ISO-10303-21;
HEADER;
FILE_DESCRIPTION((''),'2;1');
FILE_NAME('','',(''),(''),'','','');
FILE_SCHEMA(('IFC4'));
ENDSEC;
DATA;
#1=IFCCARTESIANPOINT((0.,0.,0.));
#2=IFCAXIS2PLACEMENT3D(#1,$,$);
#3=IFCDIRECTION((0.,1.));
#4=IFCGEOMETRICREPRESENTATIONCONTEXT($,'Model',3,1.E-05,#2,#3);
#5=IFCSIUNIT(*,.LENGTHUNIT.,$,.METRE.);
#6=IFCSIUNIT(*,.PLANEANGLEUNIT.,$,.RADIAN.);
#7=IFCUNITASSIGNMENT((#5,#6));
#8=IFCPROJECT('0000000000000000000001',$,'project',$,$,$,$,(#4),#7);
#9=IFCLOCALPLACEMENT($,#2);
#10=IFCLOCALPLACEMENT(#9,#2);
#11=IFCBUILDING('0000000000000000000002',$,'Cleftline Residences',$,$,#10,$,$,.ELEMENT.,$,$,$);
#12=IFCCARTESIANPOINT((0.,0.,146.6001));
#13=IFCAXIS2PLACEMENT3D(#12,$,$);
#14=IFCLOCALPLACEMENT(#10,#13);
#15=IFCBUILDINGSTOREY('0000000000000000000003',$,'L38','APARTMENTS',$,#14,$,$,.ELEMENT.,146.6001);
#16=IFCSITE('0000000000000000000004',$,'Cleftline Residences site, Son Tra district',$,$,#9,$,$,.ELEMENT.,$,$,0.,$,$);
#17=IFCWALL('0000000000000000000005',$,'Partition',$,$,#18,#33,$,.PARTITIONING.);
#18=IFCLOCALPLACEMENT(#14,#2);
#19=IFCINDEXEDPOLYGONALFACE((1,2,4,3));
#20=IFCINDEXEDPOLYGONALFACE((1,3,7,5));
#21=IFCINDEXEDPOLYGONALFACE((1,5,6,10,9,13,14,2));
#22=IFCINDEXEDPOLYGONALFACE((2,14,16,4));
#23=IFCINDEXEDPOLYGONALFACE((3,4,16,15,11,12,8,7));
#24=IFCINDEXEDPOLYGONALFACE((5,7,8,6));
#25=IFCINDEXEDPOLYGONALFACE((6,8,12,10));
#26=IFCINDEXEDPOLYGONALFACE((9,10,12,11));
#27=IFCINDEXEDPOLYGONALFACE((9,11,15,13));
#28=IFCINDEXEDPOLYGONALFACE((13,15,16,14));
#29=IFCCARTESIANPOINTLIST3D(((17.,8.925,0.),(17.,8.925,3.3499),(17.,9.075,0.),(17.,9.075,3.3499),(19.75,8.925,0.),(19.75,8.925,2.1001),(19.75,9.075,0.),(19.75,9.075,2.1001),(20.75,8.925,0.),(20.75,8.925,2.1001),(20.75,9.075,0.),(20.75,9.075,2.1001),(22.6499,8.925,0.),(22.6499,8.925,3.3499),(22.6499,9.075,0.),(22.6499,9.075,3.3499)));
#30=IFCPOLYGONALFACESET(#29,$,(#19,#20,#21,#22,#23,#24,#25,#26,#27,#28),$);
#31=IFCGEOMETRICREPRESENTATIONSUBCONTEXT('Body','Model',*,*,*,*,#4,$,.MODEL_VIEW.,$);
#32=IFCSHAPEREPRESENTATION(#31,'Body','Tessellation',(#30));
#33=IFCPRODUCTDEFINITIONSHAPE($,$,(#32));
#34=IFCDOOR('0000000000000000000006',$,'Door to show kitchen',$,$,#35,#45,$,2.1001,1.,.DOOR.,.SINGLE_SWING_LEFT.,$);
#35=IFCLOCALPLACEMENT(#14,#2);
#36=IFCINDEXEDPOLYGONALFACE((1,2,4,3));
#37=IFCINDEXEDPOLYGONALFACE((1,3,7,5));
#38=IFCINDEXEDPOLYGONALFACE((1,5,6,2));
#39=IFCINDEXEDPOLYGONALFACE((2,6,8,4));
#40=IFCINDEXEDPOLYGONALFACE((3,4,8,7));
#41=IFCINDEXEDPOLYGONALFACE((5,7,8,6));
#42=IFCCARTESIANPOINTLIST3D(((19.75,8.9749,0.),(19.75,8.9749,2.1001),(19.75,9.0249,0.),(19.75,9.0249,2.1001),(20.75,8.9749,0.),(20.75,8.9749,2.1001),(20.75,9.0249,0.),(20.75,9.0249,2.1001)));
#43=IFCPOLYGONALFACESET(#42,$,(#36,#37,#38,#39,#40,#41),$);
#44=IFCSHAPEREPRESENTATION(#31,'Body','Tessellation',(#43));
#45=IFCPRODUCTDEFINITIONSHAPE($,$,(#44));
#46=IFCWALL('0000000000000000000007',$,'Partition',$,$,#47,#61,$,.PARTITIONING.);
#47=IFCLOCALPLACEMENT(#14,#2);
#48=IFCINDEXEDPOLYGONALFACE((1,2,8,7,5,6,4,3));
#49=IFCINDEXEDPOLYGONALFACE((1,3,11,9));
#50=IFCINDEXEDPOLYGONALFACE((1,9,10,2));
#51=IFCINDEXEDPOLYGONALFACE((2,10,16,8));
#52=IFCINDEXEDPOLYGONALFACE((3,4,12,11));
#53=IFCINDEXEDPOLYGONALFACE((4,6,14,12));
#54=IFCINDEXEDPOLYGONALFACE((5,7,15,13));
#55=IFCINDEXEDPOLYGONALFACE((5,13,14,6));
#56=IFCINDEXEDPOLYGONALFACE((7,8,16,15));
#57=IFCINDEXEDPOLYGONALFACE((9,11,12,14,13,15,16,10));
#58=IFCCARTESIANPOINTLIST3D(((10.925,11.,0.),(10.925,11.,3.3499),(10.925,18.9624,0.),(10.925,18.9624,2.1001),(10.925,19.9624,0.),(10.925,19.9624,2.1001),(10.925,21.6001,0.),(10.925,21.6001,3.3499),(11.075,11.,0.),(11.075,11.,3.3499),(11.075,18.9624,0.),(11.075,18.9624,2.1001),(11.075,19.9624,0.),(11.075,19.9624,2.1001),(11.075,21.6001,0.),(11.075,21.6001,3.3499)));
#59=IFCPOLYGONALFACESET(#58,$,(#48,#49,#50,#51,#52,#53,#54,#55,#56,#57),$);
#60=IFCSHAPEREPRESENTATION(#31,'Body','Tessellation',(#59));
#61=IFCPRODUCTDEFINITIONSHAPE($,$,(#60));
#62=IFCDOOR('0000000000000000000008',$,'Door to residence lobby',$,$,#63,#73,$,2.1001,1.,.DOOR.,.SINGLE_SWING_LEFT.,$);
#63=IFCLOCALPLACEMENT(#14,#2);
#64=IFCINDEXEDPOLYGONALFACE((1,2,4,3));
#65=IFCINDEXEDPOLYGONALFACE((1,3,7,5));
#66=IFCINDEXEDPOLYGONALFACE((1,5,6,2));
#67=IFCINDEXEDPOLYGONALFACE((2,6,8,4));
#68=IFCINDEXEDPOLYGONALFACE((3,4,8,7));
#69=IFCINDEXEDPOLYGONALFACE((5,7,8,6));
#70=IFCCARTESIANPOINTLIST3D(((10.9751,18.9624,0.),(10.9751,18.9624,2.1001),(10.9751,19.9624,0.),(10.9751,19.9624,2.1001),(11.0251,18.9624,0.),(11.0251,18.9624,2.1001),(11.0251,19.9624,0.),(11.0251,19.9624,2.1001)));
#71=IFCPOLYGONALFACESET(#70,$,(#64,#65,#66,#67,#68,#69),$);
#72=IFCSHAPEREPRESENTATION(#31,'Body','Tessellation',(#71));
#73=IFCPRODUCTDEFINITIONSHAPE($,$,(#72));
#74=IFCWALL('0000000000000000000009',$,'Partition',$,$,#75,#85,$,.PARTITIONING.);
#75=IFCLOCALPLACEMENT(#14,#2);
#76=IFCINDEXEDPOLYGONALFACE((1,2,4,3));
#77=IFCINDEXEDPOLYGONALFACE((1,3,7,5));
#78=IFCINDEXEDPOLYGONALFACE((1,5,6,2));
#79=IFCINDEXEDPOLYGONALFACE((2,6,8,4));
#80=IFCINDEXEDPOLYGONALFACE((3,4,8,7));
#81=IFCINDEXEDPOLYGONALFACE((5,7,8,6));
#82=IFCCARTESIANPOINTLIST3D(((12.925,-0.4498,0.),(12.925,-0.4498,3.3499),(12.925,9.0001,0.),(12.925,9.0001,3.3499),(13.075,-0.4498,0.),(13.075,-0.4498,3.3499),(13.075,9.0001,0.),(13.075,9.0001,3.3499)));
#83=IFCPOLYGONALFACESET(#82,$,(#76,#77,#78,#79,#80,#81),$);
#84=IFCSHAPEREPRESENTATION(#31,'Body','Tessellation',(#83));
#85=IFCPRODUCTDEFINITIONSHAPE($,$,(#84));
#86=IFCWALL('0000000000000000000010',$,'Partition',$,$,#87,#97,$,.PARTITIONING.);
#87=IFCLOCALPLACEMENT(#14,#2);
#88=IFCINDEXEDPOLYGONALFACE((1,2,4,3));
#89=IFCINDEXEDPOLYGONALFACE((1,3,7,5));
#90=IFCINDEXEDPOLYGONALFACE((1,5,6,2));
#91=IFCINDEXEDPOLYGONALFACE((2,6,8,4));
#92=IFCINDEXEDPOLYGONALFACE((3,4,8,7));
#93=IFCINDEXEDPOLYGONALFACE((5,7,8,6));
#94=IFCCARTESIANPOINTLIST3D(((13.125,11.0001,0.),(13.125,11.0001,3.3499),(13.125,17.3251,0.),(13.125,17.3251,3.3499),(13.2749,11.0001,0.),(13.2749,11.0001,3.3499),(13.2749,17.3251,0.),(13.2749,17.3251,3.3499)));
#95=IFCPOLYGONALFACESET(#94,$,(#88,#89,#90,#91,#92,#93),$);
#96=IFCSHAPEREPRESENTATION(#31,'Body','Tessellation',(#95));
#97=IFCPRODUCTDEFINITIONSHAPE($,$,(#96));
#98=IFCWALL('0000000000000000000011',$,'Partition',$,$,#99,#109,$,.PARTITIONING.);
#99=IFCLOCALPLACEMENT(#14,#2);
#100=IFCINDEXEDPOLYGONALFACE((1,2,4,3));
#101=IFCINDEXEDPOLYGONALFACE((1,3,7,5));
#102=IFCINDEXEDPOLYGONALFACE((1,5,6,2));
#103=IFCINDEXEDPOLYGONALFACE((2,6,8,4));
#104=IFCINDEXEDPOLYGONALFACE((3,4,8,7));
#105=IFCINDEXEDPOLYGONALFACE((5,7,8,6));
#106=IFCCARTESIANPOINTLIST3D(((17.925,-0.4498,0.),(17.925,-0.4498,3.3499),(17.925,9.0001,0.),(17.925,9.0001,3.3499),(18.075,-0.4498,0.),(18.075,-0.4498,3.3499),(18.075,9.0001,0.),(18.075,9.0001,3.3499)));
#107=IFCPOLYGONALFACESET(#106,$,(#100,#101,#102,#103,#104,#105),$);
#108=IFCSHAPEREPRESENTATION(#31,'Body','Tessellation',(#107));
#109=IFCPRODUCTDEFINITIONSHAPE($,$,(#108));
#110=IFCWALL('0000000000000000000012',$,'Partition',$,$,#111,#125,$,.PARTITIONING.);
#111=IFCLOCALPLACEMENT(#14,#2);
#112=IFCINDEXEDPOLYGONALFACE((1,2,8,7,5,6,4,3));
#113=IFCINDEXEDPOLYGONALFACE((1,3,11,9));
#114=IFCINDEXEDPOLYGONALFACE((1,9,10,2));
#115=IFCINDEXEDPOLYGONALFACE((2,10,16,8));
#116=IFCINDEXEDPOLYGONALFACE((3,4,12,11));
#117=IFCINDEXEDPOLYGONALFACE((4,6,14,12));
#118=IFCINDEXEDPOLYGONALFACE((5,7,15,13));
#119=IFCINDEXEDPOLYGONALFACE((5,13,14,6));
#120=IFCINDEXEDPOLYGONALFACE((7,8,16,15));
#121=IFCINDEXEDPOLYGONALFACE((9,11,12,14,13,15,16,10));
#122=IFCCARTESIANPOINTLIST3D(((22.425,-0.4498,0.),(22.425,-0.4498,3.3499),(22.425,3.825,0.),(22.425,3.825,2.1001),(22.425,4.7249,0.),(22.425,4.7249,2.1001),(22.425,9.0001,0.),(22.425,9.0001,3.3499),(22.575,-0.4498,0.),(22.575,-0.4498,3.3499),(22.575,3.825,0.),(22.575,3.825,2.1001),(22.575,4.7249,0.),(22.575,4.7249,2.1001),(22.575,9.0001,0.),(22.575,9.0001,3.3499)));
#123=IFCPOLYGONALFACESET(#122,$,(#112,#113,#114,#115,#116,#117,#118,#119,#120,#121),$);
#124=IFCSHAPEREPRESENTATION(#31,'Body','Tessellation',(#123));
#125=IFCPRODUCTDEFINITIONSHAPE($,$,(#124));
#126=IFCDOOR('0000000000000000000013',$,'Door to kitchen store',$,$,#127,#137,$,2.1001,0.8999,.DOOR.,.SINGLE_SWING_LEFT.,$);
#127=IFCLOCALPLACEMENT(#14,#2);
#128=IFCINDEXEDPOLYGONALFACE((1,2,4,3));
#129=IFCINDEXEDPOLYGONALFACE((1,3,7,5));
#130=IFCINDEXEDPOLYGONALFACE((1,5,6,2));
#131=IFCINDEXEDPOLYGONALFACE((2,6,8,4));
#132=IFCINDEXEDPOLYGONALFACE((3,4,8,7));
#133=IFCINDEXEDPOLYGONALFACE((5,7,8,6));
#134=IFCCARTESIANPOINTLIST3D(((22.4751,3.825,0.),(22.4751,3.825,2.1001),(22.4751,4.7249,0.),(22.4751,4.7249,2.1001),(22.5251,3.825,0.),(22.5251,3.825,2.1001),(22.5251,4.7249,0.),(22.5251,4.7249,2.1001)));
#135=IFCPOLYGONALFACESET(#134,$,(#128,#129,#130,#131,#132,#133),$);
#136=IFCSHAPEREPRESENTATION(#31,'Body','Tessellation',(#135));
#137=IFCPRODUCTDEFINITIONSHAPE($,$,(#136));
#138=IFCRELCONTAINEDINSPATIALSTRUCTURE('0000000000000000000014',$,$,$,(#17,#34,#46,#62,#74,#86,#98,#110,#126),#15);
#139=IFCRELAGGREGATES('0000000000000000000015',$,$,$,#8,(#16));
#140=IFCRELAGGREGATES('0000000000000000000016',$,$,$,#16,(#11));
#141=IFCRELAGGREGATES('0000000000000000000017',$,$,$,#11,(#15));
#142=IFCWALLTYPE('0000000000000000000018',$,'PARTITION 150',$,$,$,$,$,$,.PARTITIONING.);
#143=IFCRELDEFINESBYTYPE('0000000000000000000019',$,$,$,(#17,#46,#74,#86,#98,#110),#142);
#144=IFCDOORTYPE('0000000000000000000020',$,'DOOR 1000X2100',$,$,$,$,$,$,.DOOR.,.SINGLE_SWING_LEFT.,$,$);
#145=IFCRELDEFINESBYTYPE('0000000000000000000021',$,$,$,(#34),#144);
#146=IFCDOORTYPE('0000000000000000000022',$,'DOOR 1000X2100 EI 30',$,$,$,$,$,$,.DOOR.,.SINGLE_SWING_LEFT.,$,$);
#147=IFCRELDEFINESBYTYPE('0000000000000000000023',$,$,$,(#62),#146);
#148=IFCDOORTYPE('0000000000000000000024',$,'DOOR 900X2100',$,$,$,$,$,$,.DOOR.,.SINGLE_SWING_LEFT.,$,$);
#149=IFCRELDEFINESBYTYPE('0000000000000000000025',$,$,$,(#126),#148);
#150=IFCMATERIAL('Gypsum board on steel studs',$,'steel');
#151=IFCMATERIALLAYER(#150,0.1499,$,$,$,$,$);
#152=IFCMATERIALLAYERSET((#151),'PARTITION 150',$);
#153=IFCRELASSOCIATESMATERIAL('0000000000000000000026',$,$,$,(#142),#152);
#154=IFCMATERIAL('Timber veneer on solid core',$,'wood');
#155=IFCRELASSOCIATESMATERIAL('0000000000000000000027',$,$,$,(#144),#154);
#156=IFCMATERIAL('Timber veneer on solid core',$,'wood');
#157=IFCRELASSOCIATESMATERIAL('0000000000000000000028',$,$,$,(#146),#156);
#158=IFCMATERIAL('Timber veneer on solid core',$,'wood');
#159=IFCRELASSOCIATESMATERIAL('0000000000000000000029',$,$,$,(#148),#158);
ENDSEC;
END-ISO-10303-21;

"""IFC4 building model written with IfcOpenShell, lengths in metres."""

from ifc_helpers import new_model, si_unit, direction, frame, frame_2d, origin, place, context, subcontext, project, spatial, rectangle, extrude, material, layer, layer_set, type_object, element, fill, save


model = new_model("IFC4")

# Units and contexts
model_context = context("Model", 3, precision=1e-05, world=origin(), true_north=direction((0.0, 1.0)))
body_context = subcontext(model_context, "Body", "Model", "MODEL_VIEW")
ifc_project = project(units=[si_unit("LENGTHUNIT", "METRE"), si_unit("PLANEANGLEUNIT", "RADIAN")], contexts=[model_context])

# Site, building, storey
site_placement = place(None, origin())
site = spatial("IfcSite", under=ifc_project, at=site_placement, Name="Cleftline Residences site, Son Tra district", CompositionType="ELEMENT", RefElevation=0.0)
building_placement = place(site_placement, origin())
building = spatial("IfcBuilding", under=site, at=building_placement, Name="Cleftline Residences", CompositionType="ELEMENT")
storey_placement = place(building_placement, frame((0.0, 0.0, 146.6001)))
storey = spatial("IfcBuildingStorey", under=building, at=storey_placement, Name="L38", Description="APARTMENTS", CompositionType="ELEMENT", Elevation=146.6001)

# Shared definitions
ifc_material_1 = material(Name="Gypsum board on steel studs", Category="steel")
ifc_layer_1 = layer(ifc_material_1, 0.1499)
ifc_layer_set_1 = layer_set([ifc_layer_1], Name="PARTITION 150")
wall_type = type_object("IfcWallType", Name="PARTITION 150", PredefinedType="PARTITIONING", material=ifc_layer_set_1)
ifc_material_2 = material(Name="Timber veneer on solid core", Category="wood")
door_type_1 = type_object("IfcDoorType", Name="DOOR 1000X2100", OperationType="SINGLE_SWING_LEFT", PredefinedType="DOOR", material=ifc_material_2)

# Walls, openings, doors
wall_1_placement = place(storey_placement, frame((17.0, 9.0, 0.0), z_axis=(0.0, 0.0, 1.0), x_axis=(1.0, 0.0, 0.0)))
wall_1 = element("IfcWall", 1, at=wall_1_placement, inside=storey, type_object=wall_type, Name="Partition", PredefinedType="PARTITIONING", context=body_context, shape_type="SweptSolid", body=[
    extrude(rectangle(XDim=5.6499, YDim=0.1499, at=frame_2d((2.825, 0.0))), origin(), (0.0, 0.0, 1.0), 3.3499),
])
opening_1_placement = place(wall_1_placement, frame((2.75, 0.0, 0.0)))
opening_1 = element("IfcOpeningElement", 2, at=opening_1_placement, cuts=wall_1, PredefinedType="OPENING", context=body_context, shape_type="SweptSolid", body=[
    extrude(rectangle(XDim=1.0, YDim=2.1001, at=frame_2d((0.5, 1.05))), frame((0.0, 0.085, 0.0), z_axis=(0.0, -1.0, 0.0), x_axis=(1.0, 0.0, 0.0)), (0.0, 0.0, 1.0), 0.1699),
])
door_1_placement = place(opening_1_placement, origin())
door_1 = element("IfcDoor", 3, at=door_1_placement, inside=storey, type_object=door_type_1, Name="Door to show kitchen", OperationType="SINGLE_SWING_LEFT", OverallHeight=2.1001, OverallWidth=1.0, PredefinedType="DOOR", context=body_context, shape_type="SweptSolid", body=[
    extrude(rectangle(XDim=1.0, YDim=2.1001, at=frame_2d((0.5, 1.05))), frame((0.0, 0.0249, 0.0), z_axis=(0.0, -1.0, 0.0), x_axis=(1.0, 0.0, 0.0)), (0.0, 0.0, 1.0), 0.05),
])
fill(opening_1, door_1)
wall_2_placement = place(storey_placement, frame((11.0, 11.0, 0.0), z_axis=(0.0, 0.0, 1.0), x_axis=(0.0, 1.0, 0.0)))
wall_2 = element("IfcWall", 4, at=wall_2_placement, inside=storey, type_object=wall_type, Name="Partition", PredefinedType="PARTITIONING", context=body_context, shape_type="SweptSolid", body=[
    extrude(rectangle(XDim=10.6001, YDim=0.1499, at=frame_2d((5.3, 0.0))), origin(), (0.0, 0.0, 1.0), 3.3499),
])
opening_2_placement = place(wall_2_placement, frame((7.9624, 0.0, 0.0)))
opening_2 = element("IfcOpeningElement", 5, at=opening_2_placement, cuts=wall_2, PredefinedType="OPENING", context=body_context, shape_type="SweptSolid", body=[
    extrude(rectangle(XDim=1.0, YDim=2.1001, at=frame_2d((0.5, 1.05))), frame((0.0, 0.085, 0.0), z_axis=(0.0, -1.0, 0.0), x_axis=(1.0, 0.0, 0.0)), (0.0, 0.0, 1.0), 0.1699),
])
ifc_material_3 = material(Name="Timber veneer on solid core", Category="wood")
door_type_2 = type_object("IfcDoorType", Name="DOOR 1000X2100 EI 30", OperationType="SINGLE_SWING_LEFT", PredefinedType="DOOR", material=ifc_material_3)
door_2_placement = place(opening_2_placement, origin())
door_2 = element("IfcDoor", 6, at=door_2_placement, inside=storey, type_object=door_type_2, Name="Door to residence lobby", OperationType="SINGLE_SWING_LEFT", OverallHeight=2.1001, OverallWidth=1.0, PredefinedType="DOOR", context=body_context, shape_type="SweptSolid", body=[
    extrude(rectangle(XDim=1.0, YDim=2.1001, at=frame_2d((0.5, 1.05))), frame((0.0, 0.0249, 0.0), z_axis=(0.0, -1.0, 0.0), x_axis=(1.0, 0.0, 0.0)), (0.0, 0.0, 1.0), 0.05),
])
fill(opening_2, door_2)

# Walls
wall_3_placement = place(storey_placement, frame((13.0, -0.45, 0.0), z_axis=(0.0, 0.0, 1.0), x_axis=(0.0, 1.0, 0.0)))
element("IfcWall", 7, at=wall_3_placement, inside=storey, type_object=wall_type, Name="Partition", PredefinedType="PARTITIONING", context=body_context, shape_type="SweptSolid", body=[
    extrude(rectangle(XDim=9.45, YDim=0.1499, at=frame_2d((4.7251, 0.0))), origin(), (0.0, 0.0, 1.0), 3.3499),
])
wall_4_placement = place(storey_placement, frame((13.2, 11.0, 0.0), z_axis=(0.0, 0.0, 1.0), x_axis=(0.0, 1.0, 0.0)))
element("IfcWall", 8, at=wall_4_placement, inside=storey, type_object=wall_type, Name="Partition", PredefinedType="PARTITIONING", context=body_context, shape_type="SweptSolid", body=[
    extrude(rectangle(XDim=6.325, YDim=0.1499, at=frame_2d((3.1626, 0.0))), origin(), (0.0, 0.0, 1.0), 3.3499),
])
wall_5_placement = place(storey_placement, frame((18.0, -0.45, 0.0), z_axis=(0.0, 0.0, 1.0), x_axis=(0.0, 1.0, 0.0)))
element("IfcWall", 9, at=wall_5_placement, inside=storey, type_object=wall_type, Name="Partition", PredefinedType="PARTITIONING", context=body_context, shape_type="SweptSolid", body=[
    extrude(rectangle(XDim=9.45, YDim=0.1499, at=frame_2d((4.7251, 0.0))), origin(), (0.0, 0.0, 1.0), 3.3499),
])

# Wall, opening, door
wall_6_placement = place(storey_placement, frame((22.5, -0.45, 0.0), z_axis=(0.0, 0.0, 1.0), x_axis=(0.0, 1.0, 0.0)))
wall_6 = element("IfcWall", 10, at=wall_6_placement, inside=storey, type_object=wall_type, Name="Partition", PredefinedType="PARTITIONING", context=body_context, shape_type="SweptSolid", body=[
    extrude(rectangle(XDim=9.45, YDim=0.1499, at=frame_2d((4.7251, 0.0))), origin(), (0.0, 0.0, 1.0), 3.3499),
])
opening_3_placement = place(wall_6_placement, frame((4.2749, 0.0, 0.0)))
opening_3 = element("IfcOpeningElement", 11, at=opening_3_placement, cuts=wall_6, PredefinedType="OPENING", context=body_context, shape_type="SweptSolid", body=[
    extrude(rectangle(XDim=0.8999, YDim=2.1001, at=frame_2d((0.45, 1.05))), frame((0.0, 0.085, 0.0), z_axis=(0.0, -1.0, 0.0), x_axis=(1.0, 0.0, 0.0)), (0.0, 0.0, 1.0), 0.1699),
])
ifc_material_4 = material(Name="Timber veneer on solid core", Category="wood")
door_type_3 = type_object("IfcDoorType", Name="DOOR 900X2100", OperationType="SINGLE_SWING_LEFT", PredefinedType="DOOR", material=ifc_material_4)
door_3_placement = place(opening_3_placement, origin())
door_3 = element("IfcDoor", 12, at=door_3_placement, inside=storey, type_object=door_type_3, Name="Door to kitchen store", OperationType="SINGLE_SWING_LEFT", OverallHeight=2.1001, OverallWidth=0.8999, PredefinedType="DOOR", context=body_context, shape_type="SweptSolid", body=[
    extrude(rectangle(XDim=0.8999, YDim=2.1001, at=frame_2d((0.45, 1.05))), frame((0.0, 0.0249, 0.0), z_axis=(0.0, -1.0, 0.0), x_axis=(1.0, 0.0, 0.0)), (0.0, 0.0, 1.0), 0.05),
])
fill(opening_3, door_3)

save(model, "model.ifc")
